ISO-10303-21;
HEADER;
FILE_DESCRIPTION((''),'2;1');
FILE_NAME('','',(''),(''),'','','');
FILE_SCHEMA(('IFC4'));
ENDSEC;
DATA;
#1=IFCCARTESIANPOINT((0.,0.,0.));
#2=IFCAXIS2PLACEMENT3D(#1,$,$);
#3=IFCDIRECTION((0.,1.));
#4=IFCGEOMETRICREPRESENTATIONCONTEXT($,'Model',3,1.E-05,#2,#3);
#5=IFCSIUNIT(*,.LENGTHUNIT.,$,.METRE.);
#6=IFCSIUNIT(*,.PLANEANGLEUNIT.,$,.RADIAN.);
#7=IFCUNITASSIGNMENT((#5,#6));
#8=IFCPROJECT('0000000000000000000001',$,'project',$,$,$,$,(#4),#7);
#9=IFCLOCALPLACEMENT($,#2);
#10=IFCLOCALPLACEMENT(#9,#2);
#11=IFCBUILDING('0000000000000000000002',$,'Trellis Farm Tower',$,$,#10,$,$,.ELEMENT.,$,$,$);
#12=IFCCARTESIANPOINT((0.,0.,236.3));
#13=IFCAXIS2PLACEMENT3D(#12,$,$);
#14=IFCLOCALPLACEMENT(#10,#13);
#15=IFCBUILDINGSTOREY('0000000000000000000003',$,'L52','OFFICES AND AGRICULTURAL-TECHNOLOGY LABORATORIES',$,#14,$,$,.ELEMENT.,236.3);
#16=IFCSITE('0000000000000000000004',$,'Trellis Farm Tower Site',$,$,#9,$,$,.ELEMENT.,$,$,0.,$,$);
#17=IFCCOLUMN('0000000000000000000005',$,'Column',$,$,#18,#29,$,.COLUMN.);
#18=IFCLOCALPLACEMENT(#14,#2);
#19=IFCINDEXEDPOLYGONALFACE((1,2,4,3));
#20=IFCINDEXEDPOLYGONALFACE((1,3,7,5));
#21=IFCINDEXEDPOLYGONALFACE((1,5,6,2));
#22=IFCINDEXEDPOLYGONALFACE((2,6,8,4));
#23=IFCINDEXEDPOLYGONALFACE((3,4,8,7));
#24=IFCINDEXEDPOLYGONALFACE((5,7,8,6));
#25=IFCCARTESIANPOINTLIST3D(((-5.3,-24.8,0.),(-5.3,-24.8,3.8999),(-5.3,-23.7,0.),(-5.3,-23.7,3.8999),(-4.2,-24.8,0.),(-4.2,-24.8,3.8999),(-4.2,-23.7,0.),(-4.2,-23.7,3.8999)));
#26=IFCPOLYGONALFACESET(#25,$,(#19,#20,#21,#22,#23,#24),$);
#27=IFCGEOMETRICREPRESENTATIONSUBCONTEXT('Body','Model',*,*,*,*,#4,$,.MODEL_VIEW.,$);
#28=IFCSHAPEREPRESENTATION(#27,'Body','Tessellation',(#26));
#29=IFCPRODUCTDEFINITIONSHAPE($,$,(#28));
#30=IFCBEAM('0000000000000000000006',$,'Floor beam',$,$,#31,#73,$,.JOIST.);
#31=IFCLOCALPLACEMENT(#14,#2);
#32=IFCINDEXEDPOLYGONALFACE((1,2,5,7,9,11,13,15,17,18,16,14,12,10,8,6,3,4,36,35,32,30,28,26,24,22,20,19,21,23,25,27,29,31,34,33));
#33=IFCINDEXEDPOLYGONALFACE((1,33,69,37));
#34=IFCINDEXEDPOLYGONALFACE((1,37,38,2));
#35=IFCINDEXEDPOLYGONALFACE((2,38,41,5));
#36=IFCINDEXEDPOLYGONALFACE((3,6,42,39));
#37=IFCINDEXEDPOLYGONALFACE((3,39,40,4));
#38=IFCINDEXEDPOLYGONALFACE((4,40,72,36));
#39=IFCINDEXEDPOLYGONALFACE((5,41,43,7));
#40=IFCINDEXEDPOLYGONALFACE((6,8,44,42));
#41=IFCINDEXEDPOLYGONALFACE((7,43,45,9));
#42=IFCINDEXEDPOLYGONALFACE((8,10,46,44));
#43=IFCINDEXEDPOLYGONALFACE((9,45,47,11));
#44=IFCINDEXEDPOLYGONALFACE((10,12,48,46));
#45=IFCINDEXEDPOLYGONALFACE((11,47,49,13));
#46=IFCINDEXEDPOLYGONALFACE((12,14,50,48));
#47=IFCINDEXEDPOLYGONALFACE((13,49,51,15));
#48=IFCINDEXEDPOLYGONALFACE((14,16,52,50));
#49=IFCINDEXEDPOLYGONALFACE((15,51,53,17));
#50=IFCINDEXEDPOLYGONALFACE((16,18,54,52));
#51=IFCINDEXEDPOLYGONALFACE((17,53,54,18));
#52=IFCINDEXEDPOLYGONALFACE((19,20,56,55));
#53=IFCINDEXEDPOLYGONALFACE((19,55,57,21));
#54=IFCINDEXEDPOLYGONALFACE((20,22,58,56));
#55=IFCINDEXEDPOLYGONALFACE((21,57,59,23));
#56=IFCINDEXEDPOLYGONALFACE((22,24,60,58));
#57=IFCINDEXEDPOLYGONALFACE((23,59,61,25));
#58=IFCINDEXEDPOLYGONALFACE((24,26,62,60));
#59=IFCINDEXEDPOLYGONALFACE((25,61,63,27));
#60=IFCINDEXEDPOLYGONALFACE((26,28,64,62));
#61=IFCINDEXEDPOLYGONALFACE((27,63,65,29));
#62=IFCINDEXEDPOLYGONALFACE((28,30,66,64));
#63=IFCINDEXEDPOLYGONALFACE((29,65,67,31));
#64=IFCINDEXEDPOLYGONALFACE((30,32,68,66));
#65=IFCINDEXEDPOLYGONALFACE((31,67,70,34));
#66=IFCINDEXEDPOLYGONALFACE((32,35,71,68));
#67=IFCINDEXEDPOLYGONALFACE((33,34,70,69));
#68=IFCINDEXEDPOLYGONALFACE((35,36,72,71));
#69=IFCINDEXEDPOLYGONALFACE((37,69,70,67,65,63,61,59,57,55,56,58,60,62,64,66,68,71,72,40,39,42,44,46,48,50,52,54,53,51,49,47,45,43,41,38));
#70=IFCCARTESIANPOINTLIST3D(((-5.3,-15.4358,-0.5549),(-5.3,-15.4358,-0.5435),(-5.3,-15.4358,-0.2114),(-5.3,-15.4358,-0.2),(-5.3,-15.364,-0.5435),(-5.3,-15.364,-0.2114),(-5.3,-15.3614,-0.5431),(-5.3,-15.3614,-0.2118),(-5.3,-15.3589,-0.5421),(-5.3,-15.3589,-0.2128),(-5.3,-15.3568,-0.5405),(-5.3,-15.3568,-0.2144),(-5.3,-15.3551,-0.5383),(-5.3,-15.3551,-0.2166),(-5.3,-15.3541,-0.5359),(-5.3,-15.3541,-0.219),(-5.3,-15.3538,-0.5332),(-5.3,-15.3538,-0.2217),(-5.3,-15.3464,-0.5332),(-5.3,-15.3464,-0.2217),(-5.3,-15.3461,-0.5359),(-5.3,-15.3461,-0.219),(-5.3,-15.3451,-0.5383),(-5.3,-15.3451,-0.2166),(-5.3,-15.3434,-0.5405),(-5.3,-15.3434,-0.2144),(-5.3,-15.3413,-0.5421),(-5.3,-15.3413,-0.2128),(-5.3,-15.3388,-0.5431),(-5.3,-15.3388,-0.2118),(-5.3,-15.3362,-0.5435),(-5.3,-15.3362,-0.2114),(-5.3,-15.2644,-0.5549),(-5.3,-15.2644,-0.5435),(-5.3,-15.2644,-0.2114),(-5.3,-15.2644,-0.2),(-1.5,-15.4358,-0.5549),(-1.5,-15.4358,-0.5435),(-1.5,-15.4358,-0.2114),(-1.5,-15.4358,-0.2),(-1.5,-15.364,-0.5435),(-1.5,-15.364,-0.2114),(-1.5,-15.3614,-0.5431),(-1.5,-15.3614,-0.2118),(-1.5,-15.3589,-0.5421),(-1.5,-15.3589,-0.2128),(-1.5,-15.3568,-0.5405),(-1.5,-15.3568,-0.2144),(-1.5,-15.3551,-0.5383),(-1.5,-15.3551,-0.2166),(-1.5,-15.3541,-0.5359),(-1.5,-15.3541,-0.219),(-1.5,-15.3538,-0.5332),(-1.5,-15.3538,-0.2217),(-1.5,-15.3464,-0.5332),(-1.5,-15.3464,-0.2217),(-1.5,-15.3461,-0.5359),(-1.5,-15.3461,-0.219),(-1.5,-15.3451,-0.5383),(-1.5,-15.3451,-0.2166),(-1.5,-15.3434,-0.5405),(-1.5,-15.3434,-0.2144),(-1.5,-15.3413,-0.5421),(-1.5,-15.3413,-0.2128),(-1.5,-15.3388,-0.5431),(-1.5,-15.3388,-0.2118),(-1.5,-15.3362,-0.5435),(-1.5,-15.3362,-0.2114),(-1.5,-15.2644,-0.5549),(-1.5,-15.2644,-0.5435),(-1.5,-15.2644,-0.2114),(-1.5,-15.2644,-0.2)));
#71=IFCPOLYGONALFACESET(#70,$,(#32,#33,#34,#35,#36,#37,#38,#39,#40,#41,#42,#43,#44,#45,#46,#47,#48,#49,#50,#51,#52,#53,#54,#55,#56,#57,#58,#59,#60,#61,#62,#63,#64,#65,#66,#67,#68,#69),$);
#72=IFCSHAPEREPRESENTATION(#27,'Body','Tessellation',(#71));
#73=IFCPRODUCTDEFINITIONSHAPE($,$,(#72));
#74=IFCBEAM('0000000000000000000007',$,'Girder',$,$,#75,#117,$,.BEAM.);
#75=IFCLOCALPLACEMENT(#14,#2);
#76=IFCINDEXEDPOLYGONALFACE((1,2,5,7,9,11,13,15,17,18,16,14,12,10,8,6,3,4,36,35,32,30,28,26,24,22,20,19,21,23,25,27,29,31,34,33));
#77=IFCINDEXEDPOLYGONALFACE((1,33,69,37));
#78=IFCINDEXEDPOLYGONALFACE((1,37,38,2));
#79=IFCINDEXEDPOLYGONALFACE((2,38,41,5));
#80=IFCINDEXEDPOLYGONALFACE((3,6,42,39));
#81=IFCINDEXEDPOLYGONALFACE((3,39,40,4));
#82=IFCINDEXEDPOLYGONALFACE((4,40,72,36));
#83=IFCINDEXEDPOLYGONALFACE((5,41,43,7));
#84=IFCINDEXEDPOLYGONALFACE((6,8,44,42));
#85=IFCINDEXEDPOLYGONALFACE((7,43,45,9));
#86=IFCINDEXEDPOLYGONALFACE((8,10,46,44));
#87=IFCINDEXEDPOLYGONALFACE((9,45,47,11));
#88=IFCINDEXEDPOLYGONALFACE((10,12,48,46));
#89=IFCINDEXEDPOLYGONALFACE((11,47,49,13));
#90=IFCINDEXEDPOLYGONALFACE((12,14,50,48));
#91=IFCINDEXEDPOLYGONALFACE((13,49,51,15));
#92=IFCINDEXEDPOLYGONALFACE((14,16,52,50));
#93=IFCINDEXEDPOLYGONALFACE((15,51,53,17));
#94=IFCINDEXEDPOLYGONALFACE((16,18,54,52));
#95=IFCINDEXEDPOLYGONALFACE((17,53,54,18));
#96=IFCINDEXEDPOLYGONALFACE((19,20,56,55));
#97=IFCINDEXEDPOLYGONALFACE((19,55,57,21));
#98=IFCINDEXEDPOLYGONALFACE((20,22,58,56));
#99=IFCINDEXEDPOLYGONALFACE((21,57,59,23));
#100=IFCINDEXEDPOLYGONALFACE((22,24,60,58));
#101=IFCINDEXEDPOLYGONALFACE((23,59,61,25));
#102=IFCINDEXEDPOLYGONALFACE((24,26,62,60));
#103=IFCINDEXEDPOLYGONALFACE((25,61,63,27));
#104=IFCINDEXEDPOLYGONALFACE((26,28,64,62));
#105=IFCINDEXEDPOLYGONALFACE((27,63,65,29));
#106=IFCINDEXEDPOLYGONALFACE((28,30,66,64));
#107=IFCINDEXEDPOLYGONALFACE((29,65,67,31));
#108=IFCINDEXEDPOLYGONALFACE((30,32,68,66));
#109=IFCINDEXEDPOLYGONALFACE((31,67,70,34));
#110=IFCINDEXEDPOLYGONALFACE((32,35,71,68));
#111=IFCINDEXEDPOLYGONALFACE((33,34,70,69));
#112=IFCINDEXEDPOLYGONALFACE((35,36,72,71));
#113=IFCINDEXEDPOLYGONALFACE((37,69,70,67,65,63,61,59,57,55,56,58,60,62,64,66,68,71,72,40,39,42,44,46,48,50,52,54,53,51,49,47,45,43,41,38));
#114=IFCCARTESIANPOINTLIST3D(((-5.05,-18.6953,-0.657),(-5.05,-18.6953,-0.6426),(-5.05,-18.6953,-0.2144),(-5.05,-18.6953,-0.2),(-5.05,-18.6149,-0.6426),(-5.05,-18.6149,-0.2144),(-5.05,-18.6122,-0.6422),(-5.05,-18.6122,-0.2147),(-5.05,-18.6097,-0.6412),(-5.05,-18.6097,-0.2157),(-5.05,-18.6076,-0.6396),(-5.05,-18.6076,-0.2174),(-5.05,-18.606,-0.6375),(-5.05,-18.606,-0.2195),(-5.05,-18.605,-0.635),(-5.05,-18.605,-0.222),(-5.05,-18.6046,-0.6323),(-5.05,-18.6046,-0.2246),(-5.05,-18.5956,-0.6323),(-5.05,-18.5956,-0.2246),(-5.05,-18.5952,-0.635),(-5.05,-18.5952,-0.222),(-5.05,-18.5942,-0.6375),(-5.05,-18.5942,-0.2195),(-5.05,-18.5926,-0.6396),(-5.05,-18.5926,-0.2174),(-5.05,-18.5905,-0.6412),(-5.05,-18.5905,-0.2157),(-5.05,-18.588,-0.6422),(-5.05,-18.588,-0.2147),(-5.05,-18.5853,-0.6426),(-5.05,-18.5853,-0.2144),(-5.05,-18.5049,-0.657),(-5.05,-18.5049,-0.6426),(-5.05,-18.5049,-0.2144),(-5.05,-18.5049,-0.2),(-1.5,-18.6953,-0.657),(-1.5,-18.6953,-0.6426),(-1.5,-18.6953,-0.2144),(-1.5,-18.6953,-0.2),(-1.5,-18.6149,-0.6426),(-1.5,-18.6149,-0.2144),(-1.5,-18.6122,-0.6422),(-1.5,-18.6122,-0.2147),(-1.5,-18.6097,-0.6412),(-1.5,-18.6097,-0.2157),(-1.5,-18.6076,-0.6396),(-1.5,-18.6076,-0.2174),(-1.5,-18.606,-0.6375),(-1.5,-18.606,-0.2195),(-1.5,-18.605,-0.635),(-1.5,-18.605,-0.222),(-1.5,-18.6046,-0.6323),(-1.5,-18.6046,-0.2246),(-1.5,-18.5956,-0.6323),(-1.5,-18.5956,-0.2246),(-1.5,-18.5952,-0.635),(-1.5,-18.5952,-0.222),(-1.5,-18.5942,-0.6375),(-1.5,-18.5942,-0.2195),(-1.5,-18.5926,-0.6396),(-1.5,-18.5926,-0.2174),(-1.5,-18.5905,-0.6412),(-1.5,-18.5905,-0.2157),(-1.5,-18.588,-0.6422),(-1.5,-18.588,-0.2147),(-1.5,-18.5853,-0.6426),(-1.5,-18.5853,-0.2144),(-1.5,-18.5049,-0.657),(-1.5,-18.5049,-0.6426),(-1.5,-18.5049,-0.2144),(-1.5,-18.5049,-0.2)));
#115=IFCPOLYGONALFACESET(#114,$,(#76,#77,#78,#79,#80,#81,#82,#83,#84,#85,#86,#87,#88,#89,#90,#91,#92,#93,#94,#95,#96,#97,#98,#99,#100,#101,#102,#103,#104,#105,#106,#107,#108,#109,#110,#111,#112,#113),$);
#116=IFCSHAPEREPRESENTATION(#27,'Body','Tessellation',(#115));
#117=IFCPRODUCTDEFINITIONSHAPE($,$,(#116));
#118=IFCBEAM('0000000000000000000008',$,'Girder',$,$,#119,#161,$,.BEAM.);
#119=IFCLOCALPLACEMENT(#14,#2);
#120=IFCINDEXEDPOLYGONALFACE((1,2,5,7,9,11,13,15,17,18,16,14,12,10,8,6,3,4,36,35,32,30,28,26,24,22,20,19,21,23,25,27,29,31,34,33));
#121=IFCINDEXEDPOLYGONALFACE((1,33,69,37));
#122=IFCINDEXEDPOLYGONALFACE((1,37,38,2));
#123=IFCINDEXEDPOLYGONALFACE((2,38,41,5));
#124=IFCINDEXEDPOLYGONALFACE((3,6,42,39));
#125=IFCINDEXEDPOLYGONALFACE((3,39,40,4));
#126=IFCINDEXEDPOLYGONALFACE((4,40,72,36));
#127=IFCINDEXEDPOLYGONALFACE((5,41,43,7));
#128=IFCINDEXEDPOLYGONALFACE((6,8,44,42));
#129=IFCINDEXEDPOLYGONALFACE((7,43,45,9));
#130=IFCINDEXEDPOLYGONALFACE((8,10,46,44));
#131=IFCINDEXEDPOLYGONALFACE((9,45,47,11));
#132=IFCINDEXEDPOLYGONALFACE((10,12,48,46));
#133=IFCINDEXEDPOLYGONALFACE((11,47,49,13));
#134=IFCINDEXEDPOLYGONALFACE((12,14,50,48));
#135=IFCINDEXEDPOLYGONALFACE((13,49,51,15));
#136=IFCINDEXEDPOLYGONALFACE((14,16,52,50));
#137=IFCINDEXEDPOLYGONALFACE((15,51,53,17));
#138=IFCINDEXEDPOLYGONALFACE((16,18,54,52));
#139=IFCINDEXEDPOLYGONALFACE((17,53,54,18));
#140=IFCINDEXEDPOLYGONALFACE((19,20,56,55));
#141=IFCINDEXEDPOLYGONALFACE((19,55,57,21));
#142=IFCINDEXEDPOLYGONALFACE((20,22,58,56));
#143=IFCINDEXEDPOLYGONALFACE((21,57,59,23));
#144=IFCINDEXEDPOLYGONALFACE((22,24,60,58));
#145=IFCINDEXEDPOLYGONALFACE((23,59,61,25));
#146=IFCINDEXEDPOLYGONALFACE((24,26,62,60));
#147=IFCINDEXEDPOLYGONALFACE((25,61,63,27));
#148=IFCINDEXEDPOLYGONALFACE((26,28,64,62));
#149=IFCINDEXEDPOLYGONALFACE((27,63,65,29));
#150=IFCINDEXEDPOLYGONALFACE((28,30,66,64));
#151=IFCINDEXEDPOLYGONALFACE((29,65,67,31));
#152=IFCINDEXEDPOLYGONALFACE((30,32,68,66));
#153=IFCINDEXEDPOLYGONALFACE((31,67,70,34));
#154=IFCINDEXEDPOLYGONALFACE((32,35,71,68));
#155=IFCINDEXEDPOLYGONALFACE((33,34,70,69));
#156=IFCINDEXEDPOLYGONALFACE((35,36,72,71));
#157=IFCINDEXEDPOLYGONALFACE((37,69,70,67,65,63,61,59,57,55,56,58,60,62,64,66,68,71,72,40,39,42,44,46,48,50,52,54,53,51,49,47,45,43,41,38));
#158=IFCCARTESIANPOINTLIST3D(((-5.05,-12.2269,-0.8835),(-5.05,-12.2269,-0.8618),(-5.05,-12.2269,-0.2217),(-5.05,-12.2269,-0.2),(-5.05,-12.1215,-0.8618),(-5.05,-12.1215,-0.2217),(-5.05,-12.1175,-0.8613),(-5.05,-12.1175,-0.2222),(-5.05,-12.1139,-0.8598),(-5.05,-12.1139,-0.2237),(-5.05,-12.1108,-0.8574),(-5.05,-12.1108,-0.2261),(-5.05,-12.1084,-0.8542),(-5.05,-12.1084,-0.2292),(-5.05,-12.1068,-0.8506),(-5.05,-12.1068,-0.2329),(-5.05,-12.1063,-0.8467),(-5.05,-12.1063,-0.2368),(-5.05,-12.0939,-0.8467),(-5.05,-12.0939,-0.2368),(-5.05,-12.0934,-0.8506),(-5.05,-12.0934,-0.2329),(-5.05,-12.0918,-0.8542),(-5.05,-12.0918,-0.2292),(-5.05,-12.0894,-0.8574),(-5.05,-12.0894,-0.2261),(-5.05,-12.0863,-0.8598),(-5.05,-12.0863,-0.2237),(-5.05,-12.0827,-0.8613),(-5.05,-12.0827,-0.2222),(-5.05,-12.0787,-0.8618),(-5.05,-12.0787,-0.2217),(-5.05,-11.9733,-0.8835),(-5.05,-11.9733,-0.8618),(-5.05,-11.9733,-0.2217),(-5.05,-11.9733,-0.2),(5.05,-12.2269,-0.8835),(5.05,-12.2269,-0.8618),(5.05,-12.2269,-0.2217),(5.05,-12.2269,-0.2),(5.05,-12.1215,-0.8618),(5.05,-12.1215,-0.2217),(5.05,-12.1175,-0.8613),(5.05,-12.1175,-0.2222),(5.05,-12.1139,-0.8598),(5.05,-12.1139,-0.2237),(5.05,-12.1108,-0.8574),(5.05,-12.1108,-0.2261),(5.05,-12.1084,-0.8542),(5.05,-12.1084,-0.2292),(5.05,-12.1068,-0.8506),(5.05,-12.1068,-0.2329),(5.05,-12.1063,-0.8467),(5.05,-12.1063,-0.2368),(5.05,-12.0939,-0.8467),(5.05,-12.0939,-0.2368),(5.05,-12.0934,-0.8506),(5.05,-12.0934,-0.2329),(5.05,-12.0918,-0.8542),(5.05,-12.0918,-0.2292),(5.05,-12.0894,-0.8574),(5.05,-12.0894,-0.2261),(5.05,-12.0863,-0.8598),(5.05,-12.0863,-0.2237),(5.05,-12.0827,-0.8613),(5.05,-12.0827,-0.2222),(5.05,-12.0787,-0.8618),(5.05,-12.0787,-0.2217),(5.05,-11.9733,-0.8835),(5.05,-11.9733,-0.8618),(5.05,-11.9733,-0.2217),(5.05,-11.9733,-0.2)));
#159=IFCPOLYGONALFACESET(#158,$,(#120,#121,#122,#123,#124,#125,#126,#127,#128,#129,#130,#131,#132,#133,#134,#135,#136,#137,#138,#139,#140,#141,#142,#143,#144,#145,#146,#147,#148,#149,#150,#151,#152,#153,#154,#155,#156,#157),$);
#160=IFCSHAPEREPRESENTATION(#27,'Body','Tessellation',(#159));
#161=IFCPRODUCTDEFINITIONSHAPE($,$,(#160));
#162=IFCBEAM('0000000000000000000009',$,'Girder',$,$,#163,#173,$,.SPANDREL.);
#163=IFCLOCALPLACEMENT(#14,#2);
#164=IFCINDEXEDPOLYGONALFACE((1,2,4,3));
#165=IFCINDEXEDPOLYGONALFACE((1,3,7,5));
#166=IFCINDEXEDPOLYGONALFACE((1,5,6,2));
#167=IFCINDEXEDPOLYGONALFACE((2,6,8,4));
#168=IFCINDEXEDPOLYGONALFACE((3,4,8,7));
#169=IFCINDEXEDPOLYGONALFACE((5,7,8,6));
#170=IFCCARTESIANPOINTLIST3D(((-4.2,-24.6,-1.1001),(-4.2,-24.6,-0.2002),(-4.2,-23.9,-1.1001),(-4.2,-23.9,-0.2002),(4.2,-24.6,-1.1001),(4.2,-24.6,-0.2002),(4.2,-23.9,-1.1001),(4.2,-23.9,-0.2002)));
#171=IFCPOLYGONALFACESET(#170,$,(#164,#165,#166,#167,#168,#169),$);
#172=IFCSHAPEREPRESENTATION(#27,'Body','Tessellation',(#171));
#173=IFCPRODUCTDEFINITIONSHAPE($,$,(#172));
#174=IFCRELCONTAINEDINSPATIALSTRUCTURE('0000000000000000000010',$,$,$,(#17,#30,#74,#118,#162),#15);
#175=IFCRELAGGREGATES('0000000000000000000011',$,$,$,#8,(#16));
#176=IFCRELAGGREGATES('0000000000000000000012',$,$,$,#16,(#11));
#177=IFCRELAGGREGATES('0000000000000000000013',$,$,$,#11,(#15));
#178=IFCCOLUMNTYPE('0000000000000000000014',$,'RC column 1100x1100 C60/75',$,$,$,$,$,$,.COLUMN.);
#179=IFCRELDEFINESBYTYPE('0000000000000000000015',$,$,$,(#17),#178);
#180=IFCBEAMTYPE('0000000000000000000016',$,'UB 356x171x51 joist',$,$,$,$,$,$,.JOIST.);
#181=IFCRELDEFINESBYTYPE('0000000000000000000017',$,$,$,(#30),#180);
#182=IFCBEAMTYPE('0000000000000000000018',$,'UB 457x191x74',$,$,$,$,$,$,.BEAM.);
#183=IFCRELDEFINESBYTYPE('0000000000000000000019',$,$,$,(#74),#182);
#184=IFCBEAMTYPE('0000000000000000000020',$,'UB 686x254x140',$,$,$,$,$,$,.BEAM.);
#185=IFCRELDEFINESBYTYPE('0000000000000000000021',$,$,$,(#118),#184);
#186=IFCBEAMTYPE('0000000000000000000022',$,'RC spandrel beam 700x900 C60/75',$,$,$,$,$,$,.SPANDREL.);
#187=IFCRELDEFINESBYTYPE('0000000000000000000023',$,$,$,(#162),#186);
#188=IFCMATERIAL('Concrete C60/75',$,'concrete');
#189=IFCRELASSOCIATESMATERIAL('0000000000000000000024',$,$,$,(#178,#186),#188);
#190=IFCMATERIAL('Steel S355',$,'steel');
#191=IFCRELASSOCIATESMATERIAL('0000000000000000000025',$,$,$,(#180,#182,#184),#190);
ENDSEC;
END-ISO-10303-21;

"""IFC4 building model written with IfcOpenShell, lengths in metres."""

from ifc_helpers import new_model, si_unit, direction, frame, origin, origin_2d, place, context, subcontext, project, spatial, rectangle, i_section, extrude, source, transform, mapped, material, material_profile, profile_set, type_object, element, save


model = new_model("IFC4")

# Units and contexts
model_context = context("Model", 3, precision=1e-05, world=origin(), true_north=direction((0.0, 1.0)))
body_context = subcontext(model_context, "Body", "Model", "MODEL_VIEW")
ifc_project = project(units=[si_unit("LENGTHUNIT", "METRE"), si_unit("PLANEANGLEUNIT", "RADIAN")], contexts=[model_context])

# Site, building, storey
site_placement = place(None, origin())
site = spatial("IfcSite", under=ifc_project, at=site_placement, Name="Trellis Farm Tower Site", CompositionType="ELEMENT", RefElevation=0.0)
building_placement = place(site_placement, origin())
building = spatial("IfcBuilding", under=site, at=building_placement, Name="Trellis Farm Tower", CompositionType="ELEMENT")
storey_placement = place(building_placement, frame((0.0, 0.0, 236.3)))
storey = spatial("IfcBuildingStorey", under=building, at=storey_placement, Name="L52", Description="OFFICES AND AGRICULTURAL-TECHNOLOGY LABORATORIES", CompositionType="ELEMENT", Elevation=236.3)

# Column
ifc_material_1 = material(Name="Concrete C60/75", Category="concrete")
ifc_material_profile_1 = material_profile(ifc_material_1, rectangle(XDim=1.1001, YDim=1.1001, at=origin_2d()), Name="RC column 1100x1100 C60/75")
ifc_profile_set_1 = profile_set([ifc_material_profile_1], Name="Concrete C60/75")
column_type = type_object("IfcColumnType", Name="RC column 1100x1100 C60/75", PredefinedType="COLUMN", material=ifc_profile_set_1)
shared_shape_1 = source(origin(), body_context, "Body", "SweptSolid", [
    extrude(rectangle(XDim=1.1001, YDim=1.1001, at=origin_2d()), origin(), (0.0, 0.0, 1.0), 3.8999),
])
column_placement = place(storey_placement, frame((-4.75, -24.25, 0.0), z_axis=(0.0, 0.0, 1.0), x_axis=(1.0, 0.0, 0.0)))
element("IfcColumn", 1, at=column_placement, inside=storey, type_object=column_type, Name="Column", PredefinedType="COLUMN", context=body_context, shape_type="MappedRepresentation", body=[
    mapped(shared_shape_1, transform((0.0, 0.0, 0.0))),
])

# Beams
ifc_material_2 = material(Name="Steel S355", Category="steel")
ifc_material_profile_2 = material_profile(ifc_material_2, i_section(OverallWidth=0.1714, OverallDepth=0.355, WebThickness=0.0073, FlangeThickness=0.0115, FilletRadius=0.0103, at=origin_2d()), Name="UB 356x171x51")
ifc_profile_set_2 = profile_set([ifc_material_profile_2], Name="Steel S355")
beam_type_1 = type_object("IfcBeamType", Name="UB 356x171x51 joist", PredefinedType="JOIST", material=ifc_profile_set_2)
shared_shape_2 = source(origin(), body_context, "Body", "SweptSolid", [
    extrude(i_section(OverallWidth=0.1714, OverallDepth=0.355, WebThickness=0.0073, FlangeThickness=0.0115, FilletRadius=0.0103, at=origin_2d()), origin(), (0.0, 0.0, 1.0), 3.8),
])
beam_1_placement = place(storey_placement, frame((-5.3, -15.3501, -0.3774), z_axis=(1.0, 0.0, 0.0), x_axis=(0.0, 1.0, 0.0)))
element("IfcBeam", 2, at=beam_1_placement, inside=storey, type_object=beam_type_1, Name="Floor beam", PredefinedType="JOIST", context=body_context, shape_type="MappedRepresentation", body=[
    mapped(shared_shape_2, transform((0.0, 0.0, 0.0))),
])
ifc_material_profile_3 = material_profile(ifc_material_2, i_section(OverallWidth=0.1904, OverallDepth=0.457, WebThickness=0.009, FlangeThickness=0.0144, FilletRadius=0.0103, at=origin_2d()), Name="UB 457x191x74")
ifc_profile_set_3 = profile_set([ifc_material_profile_3], Name="Steel S355")
beam_type_2 = type_object("IfcBeamType", Name="UB 457x191x74", PredefinedType="BEAM", material=ifc_profile_set_3)
shared_shape_3 = source(origin(), body_context, "Body", "SweptSolid", [
    extrude(i_section(OverallWidth=0.1904, OverallDepth=0.457, WebThickness=0.009, FlangeThickness=0.0144, FilletRadius=0.0103, at=origin_2d()), origin(), (0.0, 0.0, 1.0), 3.55),
])
beam_2_placement = place(storey_placement, frame((-5.05, -18.6001, -0.4285), z_axis=(1.0, 0.0, 0.0), x_axis=(0.0, 1.0, 0.0)))
element("IfcBeam", 3, at=beam_2_placement, inside=storey, type_object=beam_type_2, Name="Girder", PredefinedType="BEAM", context=body_context, shape_type="MappedRepresentation", body=[
    mapped(shared_shape_3, transform((0.0, 0.0, 0.0))),
])
ifc_material_profile_4 = material_profile(ifc_material_2, i_section(OverallWidth=0.2537, OverallDepth=0.6836, WebThickness=0.0125, FlangeThickness=0.0217, FilletRadius=0.0151, at=origin_2d()), Name="UB 686x254x140")
ifc_profile_set_4 = profile_set([ifc_material_profile_4], Name="Steel S355")
beam_type_3 = type_object("IfcBeamType", Name="UB 686x254x140", PredefinedType="BEAM", material=ifc_profile_set_4)
shared_shape_4 = source(origin(), body_context, "Body", "SweptSolid", [
    extrude(i_section(OverallWidth=0.2537, OverallDepth=0.6836, WebThickness=0.0125, FlangeThickness=0.0217, FilletRadius=0.0151, at=origin_2d()), origin(), (0.0, 0.0, 1.0), 10.1001),
])
beam_3_placement = place(storey_placement, frame((-5.05, -12.1001, -0.5417), z_axis=(1.0, 0.0, 0.0), x_axis=(0.0, 1.0, 0.0)))
element("IfcBeam", 4, at=beam_3_placement, inside=storey, type_object=beam_type_3, Name="Girder", PredefinedType="BEAM", context=body_context, shape_type="MappedRepresentation", body=[
    mapped(shared_shape_4, transform((0.0, 0.0, 0.0))),
])
ifc_material_profile_5 = material_profile(ifc_material_1, rectangle(XDim=0.7, YDim=0.8999, at=origin_2d()), Name="RC spandrel beam 700x900 C60/75")
ifc_profile_set_5 = profile_set([ifc_material_profile_5], Name="Concrete C60/75")
beam_type_4 = type_object("IfcBeamType", Name="RC spandrel beam 700x900 C60/75", PredefinedType="SPANDREL", material=ifc_profile_set_5)
shared_shape_5 = source(origin(), body_context, "Body", "SweptSolid", [
    extrude(rectangle(XDim=0.7, YDim=0.8999, at=origin_2d()), origin(), (0.0, 0.0, 1.0), 8.3999),
])
beam_4_placement = place(storey_placement, frame((-4.2, -24.25, -0.6501), z_axis=(1.0, 0.0, 0.0), x_axis=(0.0, 1.0, 0.0)))
element("IfcBeam", 5, at=beam_4_placement, inside=storey, type_object=beam_type_4, Name="Girder", PredefinedType="SPANDREL", context=body_context, shape_type="MappedRepresentation", body=[
    mapped(shared_shape_5, transform((0.0, 0.0, 0.0))),
])

save(model, "model.ifc")
